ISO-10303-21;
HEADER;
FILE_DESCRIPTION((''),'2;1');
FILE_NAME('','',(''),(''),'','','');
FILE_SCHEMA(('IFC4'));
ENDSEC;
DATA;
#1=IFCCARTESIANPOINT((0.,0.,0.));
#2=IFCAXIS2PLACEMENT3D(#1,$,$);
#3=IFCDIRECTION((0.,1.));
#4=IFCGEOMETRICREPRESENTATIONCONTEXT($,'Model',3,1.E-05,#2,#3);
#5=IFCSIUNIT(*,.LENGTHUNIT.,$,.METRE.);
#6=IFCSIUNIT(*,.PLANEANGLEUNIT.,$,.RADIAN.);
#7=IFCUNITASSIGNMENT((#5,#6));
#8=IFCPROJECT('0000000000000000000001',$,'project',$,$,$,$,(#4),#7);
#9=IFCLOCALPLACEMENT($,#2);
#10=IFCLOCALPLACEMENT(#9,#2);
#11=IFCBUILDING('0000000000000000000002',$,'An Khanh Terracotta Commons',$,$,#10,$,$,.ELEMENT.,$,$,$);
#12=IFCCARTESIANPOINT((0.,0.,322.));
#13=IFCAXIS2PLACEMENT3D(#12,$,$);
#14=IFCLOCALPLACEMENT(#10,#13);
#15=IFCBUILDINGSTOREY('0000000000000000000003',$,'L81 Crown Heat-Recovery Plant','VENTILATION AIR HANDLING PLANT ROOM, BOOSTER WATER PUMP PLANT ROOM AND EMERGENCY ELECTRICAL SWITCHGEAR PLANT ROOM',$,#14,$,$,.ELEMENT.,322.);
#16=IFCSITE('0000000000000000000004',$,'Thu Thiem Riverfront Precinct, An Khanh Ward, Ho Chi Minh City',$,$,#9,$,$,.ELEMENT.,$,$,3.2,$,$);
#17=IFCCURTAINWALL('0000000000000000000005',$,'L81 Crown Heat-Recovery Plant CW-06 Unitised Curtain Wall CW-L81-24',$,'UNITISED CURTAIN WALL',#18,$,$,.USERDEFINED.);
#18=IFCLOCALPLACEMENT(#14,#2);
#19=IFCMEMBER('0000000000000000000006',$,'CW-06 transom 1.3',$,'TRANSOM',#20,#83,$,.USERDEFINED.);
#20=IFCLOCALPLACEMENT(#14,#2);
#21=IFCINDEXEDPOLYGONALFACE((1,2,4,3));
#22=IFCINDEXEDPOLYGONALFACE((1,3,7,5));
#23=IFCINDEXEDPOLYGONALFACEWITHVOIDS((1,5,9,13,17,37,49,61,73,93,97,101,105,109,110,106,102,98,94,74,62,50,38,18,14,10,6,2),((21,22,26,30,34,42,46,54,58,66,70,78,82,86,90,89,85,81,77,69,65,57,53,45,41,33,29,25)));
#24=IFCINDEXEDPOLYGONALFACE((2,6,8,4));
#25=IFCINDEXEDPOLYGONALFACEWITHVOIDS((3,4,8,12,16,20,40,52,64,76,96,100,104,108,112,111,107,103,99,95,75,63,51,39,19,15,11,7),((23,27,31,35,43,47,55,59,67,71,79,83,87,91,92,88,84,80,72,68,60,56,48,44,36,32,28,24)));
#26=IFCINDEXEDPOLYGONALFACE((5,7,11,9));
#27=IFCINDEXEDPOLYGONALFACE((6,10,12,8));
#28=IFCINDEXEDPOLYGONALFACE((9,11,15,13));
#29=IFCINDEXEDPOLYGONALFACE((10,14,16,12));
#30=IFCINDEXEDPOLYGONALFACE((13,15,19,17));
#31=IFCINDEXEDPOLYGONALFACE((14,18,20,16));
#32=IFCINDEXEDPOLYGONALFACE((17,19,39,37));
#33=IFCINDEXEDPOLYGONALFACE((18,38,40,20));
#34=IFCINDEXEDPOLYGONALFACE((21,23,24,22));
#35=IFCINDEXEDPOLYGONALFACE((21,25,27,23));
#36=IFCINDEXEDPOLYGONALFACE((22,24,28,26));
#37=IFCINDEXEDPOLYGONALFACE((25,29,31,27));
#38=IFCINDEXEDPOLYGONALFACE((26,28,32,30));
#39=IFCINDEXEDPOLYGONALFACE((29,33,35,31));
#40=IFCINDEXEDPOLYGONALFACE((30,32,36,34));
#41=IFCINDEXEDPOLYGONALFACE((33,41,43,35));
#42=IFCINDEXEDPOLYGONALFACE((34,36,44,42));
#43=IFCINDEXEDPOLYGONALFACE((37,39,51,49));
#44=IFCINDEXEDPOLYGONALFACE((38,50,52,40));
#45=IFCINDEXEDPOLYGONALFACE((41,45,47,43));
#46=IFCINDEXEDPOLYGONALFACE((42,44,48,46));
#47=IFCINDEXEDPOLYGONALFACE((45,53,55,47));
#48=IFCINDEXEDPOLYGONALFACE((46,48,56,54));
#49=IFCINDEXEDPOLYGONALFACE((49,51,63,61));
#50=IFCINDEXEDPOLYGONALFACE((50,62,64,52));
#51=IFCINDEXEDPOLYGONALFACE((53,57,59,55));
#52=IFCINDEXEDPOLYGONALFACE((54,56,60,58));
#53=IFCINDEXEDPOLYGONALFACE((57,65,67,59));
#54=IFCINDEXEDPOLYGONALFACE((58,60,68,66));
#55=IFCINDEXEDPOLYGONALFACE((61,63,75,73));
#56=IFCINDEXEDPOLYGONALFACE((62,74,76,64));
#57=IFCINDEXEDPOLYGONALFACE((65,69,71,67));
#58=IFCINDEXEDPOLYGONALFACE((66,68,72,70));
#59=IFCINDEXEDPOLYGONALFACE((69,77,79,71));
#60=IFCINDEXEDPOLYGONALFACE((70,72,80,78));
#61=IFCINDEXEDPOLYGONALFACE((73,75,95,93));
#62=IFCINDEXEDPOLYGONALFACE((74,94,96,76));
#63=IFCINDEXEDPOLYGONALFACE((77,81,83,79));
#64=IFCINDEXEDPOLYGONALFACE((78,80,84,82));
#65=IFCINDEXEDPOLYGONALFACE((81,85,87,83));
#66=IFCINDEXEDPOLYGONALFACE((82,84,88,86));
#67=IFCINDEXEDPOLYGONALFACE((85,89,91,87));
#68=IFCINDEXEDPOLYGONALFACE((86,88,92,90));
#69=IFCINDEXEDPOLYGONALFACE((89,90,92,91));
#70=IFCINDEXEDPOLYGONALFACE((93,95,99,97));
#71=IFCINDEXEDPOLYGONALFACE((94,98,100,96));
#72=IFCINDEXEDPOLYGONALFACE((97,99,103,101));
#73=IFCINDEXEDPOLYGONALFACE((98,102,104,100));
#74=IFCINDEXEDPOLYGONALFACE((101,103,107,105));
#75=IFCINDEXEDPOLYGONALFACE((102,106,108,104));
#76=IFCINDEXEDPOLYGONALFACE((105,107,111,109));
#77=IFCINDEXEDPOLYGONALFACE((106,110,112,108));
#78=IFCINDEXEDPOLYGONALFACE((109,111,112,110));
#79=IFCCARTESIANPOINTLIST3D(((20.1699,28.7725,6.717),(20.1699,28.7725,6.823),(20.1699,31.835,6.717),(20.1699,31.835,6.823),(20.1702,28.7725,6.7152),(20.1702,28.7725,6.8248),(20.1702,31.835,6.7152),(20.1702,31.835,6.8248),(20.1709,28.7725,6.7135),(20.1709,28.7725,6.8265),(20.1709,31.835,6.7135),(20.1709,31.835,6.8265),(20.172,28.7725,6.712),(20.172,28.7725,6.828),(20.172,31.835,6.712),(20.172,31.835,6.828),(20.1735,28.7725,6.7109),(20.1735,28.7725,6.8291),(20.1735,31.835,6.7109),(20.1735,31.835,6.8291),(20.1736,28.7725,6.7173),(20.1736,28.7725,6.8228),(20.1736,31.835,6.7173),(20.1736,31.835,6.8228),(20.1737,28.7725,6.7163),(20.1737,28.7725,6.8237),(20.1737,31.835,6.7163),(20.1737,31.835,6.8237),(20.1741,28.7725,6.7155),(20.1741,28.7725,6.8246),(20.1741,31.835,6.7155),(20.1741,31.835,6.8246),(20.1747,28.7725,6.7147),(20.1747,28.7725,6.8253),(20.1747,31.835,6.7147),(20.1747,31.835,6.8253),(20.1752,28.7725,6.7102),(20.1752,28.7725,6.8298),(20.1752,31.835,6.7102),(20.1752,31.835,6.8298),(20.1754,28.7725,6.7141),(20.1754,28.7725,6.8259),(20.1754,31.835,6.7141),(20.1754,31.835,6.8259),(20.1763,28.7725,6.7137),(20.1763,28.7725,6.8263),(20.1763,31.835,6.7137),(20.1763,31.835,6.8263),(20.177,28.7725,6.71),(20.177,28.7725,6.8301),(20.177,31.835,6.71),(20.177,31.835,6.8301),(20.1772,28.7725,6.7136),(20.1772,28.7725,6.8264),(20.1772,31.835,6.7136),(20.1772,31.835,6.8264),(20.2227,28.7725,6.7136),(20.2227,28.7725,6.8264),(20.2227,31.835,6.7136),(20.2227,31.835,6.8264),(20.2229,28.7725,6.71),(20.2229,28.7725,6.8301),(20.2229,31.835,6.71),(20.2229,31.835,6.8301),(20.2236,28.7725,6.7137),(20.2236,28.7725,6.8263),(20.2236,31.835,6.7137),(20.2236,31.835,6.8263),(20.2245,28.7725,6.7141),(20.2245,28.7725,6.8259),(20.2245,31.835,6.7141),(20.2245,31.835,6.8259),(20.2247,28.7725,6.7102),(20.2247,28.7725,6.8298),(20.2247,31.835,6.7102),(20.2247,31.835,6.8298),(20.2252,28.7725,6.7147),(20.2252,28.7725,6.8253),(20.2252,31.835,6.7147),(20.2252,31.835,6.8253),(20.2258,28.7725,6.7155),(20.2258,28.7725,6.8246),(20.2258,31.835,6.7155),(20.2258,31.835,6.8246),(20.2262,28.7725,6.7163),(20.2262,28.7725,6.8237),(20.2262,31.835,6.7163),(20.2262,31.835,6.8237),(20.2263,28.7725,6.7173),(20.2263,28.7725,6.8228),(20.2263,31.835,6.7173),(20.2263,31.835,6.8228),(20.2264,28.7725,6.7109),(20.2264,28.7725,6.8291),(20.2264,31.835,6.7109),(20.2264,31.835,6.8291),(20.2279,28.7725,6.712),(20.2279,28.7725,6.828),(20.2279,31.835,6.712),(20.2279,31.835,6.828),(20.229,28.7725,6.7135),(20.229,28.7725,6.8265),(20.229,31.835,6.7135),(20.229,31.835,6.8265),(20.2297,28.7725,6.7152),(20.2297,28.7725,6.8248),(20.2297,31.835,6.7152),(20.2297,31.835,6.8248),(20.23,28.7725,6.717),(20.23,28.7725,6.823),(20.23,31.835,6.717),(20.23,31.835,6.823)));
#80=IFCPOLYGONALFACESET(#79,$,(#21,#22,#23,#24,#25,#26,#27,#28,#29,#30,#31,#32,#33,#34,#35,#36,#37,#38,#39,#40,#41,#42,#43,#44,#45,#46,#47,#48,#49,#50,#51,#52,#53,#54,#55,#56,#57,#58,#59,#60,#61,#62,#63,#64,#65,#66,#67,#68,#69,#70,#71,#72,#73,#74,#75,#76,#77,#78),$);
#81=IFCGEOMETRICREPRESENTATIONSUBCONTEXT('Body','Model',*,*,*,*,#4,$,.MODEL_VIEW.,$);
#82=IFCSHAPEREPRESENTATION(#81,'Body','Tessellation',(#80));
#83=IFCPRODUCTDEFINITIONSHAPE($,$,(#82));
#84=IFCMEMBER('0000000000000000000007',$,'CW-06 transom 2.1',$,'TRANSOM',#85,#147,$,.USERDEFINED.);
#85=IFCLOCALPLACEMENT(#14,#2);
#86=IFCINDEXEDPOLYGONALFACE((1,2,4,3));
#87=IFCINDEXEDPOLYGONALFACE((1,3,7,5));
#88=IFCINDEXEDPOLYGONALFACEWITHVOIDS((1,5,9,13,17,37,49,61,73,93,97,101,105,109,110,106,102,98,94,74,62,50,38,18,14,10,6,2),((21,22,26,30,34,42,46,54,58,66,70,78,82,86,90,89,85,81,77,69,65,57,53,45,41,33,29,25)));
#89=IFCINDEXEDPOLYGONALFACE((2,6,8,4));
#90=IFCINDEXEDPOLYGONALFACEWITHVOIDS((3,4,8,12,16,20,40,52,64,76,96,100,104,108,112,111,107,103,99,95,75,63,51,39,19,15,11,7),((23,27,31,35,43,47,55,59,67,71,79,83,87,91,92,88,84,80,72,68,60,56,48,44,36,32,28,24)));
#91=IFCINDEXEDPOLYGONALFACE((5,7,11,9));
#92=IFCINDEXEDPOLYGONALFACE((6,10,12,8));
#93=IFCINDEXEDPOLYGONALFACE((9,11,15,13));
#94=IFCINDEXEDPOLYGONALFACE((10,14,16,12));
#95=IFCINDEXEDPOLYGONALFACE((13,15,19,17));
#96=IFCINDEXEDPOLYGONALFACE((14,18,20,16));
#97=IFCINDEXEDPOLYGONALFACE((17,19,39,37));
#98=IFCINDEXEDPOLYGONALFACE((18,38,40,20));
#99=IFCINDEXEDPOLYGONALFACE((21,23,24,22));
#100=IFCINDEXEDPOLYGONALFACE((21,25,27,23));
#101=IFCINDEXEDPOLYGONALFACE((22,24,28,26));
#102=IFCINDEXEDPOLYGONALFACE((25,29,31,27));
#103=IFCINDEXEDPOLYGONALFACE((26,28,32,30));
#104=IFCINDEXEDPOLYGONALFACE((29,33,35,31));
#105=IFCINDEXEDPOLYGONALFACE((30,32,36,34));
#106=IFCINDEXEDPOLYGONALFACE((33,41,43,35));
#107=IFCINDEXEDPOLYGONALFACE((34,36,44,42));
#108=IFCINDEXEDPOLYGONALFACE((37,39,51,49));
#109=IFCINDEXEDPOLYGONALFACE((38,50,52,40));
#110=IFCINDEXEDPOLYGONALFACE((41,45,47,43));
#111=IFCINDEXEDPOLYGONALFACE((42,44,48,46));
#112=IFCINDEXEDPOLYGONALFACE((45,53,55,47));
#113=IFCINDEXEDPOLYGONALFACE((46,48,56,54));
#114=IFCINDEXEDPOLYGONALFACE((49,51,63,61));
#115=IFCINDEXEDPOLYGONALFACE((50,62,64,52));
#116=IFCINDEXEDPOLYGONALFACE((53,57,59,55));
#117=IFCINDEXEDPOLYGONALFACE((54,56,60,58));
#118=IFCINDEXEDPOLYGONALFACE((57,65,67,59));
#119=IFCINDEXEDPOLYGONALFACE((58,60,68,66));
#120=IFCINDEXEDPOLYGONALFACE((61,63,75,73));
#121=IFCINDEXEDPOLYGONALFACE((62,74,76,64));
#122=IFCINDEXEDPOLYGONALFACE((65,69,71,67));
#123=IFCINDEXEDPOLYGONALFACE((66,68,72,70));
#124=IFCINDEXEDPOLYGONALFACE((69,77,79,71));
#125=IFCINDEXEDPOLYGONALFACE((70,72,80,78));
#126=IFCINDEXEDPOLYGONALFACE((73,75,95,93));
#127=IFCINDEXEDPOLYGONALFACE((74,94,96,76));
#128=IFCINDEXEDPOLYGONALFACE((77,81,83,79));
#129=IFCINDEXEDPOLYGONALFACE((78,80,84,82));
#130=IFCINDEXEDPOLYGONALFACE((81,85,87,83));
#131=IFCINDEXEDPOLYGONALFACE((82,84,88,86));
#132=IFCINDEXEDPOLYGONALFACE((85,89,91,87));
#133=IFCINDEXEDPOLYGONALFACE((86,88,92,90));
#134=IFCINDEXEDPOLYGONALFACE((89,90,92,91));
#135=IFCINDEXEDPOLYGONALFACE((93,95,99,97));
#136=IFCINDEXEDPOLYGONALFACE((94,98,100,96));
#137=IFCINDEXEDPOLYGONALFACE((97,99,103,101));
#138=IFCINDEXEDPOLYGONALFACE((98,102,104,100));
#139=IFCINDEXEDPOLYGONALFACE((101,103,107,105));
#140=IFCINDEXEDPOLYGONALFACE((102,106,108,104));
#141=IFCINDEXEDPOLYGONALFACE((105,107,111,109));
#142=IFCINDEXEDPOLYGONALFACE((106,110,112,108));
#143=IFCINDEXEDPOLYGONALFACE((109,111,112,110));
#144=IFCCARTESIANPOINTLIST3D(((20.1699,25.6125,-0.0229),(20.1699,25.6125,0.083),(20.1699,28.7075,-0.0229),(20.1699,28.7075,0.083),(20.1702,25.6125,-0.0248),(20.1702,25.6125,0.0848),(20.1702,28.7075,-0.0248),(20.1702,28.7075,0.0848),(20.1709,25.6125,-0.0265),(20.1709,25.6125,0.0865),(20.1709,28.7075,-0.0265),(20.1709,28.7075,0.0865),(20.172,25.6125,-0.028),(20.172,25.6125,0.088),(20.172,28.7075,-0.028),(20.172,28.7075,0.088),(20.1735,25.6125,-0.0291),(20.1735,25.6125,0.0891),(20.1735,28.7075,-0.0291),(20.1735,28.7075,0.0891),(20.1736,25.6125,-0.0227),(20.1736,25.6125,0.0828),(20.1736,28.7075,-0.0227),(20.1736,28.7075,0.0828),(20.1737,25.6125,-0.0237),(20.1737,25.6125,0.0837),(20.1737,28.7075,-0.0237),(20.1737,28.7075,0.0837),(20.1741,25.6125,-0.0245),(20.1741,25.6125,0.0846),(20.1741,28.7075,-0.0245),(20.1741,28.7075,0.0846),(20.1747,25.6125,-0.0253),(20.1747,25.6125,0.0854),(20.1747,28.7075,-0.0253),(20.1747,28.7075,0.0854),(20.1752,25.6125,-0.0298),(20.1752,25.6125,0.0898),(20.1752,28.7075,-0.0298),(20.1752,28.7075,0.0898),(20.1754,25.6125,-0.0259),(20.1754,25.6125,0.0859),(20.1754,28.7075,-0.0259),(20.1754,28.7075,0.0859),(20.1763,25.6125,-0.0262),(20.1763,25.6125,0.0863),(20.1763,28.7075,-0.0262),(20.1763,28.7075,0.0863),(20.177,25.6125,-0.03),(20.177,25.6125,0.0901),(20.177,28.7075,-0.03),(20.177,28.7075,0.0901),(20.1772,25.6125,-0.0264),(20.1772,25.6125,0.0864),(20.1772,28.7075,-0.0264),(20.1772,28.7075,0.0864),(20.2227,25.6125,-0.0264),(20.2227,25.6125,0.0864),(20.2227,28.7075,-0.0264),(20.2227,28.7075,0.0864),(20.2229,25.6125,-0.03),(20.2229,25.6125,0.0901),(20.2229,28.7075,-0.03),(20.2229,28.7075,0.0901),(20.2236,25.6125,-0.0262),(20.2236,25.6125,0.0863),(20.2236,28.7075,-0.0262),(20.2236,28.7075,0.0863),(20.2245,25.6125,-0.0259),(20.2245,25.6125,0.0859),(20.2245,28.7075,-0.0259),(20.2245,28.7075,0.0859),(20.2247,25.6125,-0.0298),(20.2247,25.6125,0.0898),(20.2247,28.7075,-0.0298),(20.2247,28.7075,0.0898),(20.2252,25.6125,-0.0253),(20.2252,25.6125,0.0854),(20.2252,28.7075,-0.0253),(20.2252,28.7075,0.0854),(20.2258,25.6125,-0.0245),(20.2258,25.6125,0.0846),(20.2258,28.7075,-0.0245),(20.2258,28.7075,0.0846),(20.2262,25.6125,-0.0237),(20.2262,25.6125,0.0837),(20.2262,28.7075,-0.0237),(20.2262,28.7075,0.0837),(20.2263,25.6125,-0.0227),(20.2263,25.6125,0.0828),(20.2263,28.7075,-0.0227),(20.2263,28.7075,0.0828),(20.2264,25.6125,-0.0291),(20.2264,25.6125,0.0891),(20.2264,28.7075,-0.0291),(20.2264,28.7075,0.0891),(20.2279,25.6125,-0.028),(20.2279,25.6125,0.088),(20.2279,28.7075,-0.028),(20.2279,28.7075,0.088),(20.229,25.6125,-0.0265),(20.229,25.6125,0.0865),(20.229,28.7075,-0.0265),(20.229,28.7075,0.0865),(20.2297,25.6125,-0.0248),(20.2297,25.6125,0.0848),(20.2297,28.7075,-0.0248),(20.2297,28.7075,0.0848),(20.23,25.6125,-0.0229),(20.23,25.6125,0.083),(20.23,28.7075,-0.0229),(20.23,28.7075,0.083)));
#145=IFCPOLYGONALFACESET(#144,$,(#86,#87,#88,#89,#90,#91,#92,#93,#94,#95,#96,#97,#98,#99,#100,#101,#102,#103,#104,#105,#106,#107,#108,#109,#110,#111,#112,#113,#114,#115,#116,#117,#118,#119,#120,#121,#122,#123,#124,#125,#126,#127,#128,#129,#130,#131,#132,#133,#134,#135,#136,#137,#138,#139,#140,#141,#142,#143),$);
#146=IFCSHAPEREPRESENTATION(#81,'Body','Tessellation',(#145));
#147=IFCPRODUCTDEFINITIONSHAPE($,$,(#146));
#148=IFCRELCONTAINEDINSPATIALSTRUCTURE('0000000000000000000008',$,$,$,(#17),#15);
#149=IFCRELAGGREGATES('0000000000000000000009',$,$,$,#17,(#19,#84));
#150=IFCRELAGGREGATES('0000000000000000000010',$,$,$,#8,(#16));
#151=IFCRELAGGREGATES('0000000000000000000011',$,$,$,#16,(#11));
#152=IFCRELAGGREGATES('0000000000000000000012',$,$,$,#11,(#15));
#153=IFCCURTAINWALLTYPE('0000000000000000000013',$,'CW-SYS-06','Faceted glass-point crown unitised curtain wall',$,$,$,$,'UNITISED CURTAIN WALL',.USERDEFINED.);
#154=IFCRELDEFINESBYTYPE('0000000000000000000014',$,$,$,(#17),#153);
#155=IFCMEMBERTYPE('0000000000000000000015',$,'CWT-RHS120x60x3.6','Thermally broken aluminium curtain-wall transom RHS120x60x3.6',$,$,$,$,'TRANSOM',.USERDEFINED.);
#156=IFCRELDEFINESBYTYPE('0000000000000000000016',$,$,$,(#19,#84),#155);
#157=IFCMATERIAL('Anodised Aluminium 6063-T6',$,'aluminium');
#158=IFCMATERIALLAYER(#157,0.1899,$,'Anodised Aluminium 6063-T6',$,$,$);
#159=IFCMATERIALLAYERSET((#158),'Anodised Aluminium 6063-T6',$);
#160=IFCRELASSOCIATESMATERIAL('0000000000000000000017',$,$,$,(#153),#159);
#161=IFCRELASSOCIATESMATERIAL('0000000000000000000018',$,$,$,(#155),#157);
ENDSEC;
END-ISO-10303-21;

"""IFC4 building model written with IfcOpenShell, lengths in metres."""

from ifc_helpers import new_model, si_unit, direction, frame, origin, origin_2d, place, context, subcontext, project, spatial, hollow_rectangle, extrude, material, layer, layer_set, material_profile, profile_set, type_object, element, aggregate, save


model = new_model("IFC4")

# Units and contexts
model_context = context("Model", 3, precision=1e-05, world=origin(), true_north=direction((0.0, 1.0)))
body_context = subcontext(model_context, "Body", "Model", "MODEL_VIEW")
ifc_project = project(units=[si_unit("LENGTHUNIT", "METRE"), si_unit("PLANEANGLEUNIT", "RADIAN")], contexts=[model_context])

# Site, building, storey
site_placement = place(None, origin())
site = spatial("IfcSite", under=ifc_project, at=site_placement, Name="Thu Thiem Riverfront Precinct, An Khanh Ward, Ho Chi Minh City", CompositionType="ELEMENT", RefElevation=3.2)
building_placement = place(site_placement, origin())
building = spatial("IfcBuilding", under=site, at=building_placement, Name="An Khanh Terracotta Commons", CompositionType="ELEMENT")
storey_placement = place(building_placement, frame((0.0, 0.0, 322.0)))
storey = spatial("IfcBuildingStorey", under=building, at=storey_placement, Name="L81 Crown Heat-Recovery Plant", Description="VENTILATION AIR HANDLING PLANT ROOM, BOOSTER WATER PUMP PLANT ROOM AND EMERGENCY ELECTRICAL SWITCHGEAR PLANT ROOM", CompositionType="ELEMENT", Elevation=322.0)

# Shared definitions
ifc_material_1 = material(Name="Anodised Aluminium 6063-T6", Category="aluminium")
ifc_layer_1 = layer(ifc_material_1, 0.1899, Name="Anodised Aluminium 6063-T6")
ifc_layer_set_1 = layer_set([ifc_layer_1], Name="Anodised Aluminium 6063-T6")
curtain_wall_type = type_object("IfcCurtainWallType", Name="CW-SYS-06", Description="Faceted glass-point crown unitised curtain wall", ElementType="UNITISED CURTAIN WALL", PredefinedType="USERDEFINED", material=ifc_layer_set_1)

# Curtain wall, members
curtain_wall_1_placement = place(storey_placement, origin())
curtain_wall_1 = element("IfcCurtainWall", 1, at=curtain_wall_1_placement, inside=storey, type_object=curtain_wall_type, Name="L81 Crown Heat-Recovery Plant CW-06 Unitised Curtain Wall CW-L81-24", ObjectType="UNITISED CURTAIN WALL", PredefinedType="USERDEFINED")
ifc_material_profile_1 = material_profile(ifc_material_1, hollow_rectangle(XDim=0.0601, YDim=0.1201, WallThickness=0.0037, InnerFilletRadius=0.0037, OuterFilletRadius=0.0071, at=origin_2d()), Name="RHS120x60x3.6")
ifc_profile_set_1 = profile_set([ifc_material_profile_1], Name="Anodised Aluminium 6063-T6")
member_type_1 = type_object("IfcMemberType", Name="CWT-RHS120x60x3.6", Description="Thermally broken aluminium curtain-wall transom RHS120x60x3.6", ElementType="TRANSOM", PredefinedType="USERDEFINED", material=ifc_profile_set_1)
member_1_placement = place(storey_placement, frame((20.2, 31.835, 6.77), z_axis=(0.0, -1.0, 0.0), x_axis=(1.0, 0.0, 0.0)))
member_1 = element("IfcMember", 2, at=member_1_placement, type_object=member_type_1, Name="CW-06 transom 1.3", ObjectType="TRANSOM", PredefinedType="USERDEFINED", context=body_context, shape_type="SweptSolid", body=[
    extrude(hollow_rectangle(XDim=0.0601, YDim=0.1201, WallThickness=0.0037, InnerFilletRadius=0.0037, OuterFilletRadius=0.0071, at=origin_2d()), origin(), (0.0, 0.0, 1.0), 3.0625),
])
member_2_placement = place(storey_placement, frame((20.2, 28.7075, 0.03), z_axis=(0.0, -1.0, 0.0), x_axis=(1.0, 0.0, 0.0)))
member_2 = element("IfcMember", 3, at=member_2_placement, type_object=member_type_1, Name="CW-06 transom 2.1", ObjectType="TRANSOM", PredefinedType="USERDEFINED", context=body_context, shape_type="SweptSolid", body=[
    extrude(hollow_rectangle(XDim=0.0601, YDim=0.1201, WallThickness=0.0037, InnerFilletRadius=0.0037, OuterFilletRadius=0.0071, at=origin_2d()), origin(), (0.0, 0.0, 1.0), 3.095),
])

aggregate(curtain_wall_1, [member_1, member_2])

save(model, "model.ifc")
